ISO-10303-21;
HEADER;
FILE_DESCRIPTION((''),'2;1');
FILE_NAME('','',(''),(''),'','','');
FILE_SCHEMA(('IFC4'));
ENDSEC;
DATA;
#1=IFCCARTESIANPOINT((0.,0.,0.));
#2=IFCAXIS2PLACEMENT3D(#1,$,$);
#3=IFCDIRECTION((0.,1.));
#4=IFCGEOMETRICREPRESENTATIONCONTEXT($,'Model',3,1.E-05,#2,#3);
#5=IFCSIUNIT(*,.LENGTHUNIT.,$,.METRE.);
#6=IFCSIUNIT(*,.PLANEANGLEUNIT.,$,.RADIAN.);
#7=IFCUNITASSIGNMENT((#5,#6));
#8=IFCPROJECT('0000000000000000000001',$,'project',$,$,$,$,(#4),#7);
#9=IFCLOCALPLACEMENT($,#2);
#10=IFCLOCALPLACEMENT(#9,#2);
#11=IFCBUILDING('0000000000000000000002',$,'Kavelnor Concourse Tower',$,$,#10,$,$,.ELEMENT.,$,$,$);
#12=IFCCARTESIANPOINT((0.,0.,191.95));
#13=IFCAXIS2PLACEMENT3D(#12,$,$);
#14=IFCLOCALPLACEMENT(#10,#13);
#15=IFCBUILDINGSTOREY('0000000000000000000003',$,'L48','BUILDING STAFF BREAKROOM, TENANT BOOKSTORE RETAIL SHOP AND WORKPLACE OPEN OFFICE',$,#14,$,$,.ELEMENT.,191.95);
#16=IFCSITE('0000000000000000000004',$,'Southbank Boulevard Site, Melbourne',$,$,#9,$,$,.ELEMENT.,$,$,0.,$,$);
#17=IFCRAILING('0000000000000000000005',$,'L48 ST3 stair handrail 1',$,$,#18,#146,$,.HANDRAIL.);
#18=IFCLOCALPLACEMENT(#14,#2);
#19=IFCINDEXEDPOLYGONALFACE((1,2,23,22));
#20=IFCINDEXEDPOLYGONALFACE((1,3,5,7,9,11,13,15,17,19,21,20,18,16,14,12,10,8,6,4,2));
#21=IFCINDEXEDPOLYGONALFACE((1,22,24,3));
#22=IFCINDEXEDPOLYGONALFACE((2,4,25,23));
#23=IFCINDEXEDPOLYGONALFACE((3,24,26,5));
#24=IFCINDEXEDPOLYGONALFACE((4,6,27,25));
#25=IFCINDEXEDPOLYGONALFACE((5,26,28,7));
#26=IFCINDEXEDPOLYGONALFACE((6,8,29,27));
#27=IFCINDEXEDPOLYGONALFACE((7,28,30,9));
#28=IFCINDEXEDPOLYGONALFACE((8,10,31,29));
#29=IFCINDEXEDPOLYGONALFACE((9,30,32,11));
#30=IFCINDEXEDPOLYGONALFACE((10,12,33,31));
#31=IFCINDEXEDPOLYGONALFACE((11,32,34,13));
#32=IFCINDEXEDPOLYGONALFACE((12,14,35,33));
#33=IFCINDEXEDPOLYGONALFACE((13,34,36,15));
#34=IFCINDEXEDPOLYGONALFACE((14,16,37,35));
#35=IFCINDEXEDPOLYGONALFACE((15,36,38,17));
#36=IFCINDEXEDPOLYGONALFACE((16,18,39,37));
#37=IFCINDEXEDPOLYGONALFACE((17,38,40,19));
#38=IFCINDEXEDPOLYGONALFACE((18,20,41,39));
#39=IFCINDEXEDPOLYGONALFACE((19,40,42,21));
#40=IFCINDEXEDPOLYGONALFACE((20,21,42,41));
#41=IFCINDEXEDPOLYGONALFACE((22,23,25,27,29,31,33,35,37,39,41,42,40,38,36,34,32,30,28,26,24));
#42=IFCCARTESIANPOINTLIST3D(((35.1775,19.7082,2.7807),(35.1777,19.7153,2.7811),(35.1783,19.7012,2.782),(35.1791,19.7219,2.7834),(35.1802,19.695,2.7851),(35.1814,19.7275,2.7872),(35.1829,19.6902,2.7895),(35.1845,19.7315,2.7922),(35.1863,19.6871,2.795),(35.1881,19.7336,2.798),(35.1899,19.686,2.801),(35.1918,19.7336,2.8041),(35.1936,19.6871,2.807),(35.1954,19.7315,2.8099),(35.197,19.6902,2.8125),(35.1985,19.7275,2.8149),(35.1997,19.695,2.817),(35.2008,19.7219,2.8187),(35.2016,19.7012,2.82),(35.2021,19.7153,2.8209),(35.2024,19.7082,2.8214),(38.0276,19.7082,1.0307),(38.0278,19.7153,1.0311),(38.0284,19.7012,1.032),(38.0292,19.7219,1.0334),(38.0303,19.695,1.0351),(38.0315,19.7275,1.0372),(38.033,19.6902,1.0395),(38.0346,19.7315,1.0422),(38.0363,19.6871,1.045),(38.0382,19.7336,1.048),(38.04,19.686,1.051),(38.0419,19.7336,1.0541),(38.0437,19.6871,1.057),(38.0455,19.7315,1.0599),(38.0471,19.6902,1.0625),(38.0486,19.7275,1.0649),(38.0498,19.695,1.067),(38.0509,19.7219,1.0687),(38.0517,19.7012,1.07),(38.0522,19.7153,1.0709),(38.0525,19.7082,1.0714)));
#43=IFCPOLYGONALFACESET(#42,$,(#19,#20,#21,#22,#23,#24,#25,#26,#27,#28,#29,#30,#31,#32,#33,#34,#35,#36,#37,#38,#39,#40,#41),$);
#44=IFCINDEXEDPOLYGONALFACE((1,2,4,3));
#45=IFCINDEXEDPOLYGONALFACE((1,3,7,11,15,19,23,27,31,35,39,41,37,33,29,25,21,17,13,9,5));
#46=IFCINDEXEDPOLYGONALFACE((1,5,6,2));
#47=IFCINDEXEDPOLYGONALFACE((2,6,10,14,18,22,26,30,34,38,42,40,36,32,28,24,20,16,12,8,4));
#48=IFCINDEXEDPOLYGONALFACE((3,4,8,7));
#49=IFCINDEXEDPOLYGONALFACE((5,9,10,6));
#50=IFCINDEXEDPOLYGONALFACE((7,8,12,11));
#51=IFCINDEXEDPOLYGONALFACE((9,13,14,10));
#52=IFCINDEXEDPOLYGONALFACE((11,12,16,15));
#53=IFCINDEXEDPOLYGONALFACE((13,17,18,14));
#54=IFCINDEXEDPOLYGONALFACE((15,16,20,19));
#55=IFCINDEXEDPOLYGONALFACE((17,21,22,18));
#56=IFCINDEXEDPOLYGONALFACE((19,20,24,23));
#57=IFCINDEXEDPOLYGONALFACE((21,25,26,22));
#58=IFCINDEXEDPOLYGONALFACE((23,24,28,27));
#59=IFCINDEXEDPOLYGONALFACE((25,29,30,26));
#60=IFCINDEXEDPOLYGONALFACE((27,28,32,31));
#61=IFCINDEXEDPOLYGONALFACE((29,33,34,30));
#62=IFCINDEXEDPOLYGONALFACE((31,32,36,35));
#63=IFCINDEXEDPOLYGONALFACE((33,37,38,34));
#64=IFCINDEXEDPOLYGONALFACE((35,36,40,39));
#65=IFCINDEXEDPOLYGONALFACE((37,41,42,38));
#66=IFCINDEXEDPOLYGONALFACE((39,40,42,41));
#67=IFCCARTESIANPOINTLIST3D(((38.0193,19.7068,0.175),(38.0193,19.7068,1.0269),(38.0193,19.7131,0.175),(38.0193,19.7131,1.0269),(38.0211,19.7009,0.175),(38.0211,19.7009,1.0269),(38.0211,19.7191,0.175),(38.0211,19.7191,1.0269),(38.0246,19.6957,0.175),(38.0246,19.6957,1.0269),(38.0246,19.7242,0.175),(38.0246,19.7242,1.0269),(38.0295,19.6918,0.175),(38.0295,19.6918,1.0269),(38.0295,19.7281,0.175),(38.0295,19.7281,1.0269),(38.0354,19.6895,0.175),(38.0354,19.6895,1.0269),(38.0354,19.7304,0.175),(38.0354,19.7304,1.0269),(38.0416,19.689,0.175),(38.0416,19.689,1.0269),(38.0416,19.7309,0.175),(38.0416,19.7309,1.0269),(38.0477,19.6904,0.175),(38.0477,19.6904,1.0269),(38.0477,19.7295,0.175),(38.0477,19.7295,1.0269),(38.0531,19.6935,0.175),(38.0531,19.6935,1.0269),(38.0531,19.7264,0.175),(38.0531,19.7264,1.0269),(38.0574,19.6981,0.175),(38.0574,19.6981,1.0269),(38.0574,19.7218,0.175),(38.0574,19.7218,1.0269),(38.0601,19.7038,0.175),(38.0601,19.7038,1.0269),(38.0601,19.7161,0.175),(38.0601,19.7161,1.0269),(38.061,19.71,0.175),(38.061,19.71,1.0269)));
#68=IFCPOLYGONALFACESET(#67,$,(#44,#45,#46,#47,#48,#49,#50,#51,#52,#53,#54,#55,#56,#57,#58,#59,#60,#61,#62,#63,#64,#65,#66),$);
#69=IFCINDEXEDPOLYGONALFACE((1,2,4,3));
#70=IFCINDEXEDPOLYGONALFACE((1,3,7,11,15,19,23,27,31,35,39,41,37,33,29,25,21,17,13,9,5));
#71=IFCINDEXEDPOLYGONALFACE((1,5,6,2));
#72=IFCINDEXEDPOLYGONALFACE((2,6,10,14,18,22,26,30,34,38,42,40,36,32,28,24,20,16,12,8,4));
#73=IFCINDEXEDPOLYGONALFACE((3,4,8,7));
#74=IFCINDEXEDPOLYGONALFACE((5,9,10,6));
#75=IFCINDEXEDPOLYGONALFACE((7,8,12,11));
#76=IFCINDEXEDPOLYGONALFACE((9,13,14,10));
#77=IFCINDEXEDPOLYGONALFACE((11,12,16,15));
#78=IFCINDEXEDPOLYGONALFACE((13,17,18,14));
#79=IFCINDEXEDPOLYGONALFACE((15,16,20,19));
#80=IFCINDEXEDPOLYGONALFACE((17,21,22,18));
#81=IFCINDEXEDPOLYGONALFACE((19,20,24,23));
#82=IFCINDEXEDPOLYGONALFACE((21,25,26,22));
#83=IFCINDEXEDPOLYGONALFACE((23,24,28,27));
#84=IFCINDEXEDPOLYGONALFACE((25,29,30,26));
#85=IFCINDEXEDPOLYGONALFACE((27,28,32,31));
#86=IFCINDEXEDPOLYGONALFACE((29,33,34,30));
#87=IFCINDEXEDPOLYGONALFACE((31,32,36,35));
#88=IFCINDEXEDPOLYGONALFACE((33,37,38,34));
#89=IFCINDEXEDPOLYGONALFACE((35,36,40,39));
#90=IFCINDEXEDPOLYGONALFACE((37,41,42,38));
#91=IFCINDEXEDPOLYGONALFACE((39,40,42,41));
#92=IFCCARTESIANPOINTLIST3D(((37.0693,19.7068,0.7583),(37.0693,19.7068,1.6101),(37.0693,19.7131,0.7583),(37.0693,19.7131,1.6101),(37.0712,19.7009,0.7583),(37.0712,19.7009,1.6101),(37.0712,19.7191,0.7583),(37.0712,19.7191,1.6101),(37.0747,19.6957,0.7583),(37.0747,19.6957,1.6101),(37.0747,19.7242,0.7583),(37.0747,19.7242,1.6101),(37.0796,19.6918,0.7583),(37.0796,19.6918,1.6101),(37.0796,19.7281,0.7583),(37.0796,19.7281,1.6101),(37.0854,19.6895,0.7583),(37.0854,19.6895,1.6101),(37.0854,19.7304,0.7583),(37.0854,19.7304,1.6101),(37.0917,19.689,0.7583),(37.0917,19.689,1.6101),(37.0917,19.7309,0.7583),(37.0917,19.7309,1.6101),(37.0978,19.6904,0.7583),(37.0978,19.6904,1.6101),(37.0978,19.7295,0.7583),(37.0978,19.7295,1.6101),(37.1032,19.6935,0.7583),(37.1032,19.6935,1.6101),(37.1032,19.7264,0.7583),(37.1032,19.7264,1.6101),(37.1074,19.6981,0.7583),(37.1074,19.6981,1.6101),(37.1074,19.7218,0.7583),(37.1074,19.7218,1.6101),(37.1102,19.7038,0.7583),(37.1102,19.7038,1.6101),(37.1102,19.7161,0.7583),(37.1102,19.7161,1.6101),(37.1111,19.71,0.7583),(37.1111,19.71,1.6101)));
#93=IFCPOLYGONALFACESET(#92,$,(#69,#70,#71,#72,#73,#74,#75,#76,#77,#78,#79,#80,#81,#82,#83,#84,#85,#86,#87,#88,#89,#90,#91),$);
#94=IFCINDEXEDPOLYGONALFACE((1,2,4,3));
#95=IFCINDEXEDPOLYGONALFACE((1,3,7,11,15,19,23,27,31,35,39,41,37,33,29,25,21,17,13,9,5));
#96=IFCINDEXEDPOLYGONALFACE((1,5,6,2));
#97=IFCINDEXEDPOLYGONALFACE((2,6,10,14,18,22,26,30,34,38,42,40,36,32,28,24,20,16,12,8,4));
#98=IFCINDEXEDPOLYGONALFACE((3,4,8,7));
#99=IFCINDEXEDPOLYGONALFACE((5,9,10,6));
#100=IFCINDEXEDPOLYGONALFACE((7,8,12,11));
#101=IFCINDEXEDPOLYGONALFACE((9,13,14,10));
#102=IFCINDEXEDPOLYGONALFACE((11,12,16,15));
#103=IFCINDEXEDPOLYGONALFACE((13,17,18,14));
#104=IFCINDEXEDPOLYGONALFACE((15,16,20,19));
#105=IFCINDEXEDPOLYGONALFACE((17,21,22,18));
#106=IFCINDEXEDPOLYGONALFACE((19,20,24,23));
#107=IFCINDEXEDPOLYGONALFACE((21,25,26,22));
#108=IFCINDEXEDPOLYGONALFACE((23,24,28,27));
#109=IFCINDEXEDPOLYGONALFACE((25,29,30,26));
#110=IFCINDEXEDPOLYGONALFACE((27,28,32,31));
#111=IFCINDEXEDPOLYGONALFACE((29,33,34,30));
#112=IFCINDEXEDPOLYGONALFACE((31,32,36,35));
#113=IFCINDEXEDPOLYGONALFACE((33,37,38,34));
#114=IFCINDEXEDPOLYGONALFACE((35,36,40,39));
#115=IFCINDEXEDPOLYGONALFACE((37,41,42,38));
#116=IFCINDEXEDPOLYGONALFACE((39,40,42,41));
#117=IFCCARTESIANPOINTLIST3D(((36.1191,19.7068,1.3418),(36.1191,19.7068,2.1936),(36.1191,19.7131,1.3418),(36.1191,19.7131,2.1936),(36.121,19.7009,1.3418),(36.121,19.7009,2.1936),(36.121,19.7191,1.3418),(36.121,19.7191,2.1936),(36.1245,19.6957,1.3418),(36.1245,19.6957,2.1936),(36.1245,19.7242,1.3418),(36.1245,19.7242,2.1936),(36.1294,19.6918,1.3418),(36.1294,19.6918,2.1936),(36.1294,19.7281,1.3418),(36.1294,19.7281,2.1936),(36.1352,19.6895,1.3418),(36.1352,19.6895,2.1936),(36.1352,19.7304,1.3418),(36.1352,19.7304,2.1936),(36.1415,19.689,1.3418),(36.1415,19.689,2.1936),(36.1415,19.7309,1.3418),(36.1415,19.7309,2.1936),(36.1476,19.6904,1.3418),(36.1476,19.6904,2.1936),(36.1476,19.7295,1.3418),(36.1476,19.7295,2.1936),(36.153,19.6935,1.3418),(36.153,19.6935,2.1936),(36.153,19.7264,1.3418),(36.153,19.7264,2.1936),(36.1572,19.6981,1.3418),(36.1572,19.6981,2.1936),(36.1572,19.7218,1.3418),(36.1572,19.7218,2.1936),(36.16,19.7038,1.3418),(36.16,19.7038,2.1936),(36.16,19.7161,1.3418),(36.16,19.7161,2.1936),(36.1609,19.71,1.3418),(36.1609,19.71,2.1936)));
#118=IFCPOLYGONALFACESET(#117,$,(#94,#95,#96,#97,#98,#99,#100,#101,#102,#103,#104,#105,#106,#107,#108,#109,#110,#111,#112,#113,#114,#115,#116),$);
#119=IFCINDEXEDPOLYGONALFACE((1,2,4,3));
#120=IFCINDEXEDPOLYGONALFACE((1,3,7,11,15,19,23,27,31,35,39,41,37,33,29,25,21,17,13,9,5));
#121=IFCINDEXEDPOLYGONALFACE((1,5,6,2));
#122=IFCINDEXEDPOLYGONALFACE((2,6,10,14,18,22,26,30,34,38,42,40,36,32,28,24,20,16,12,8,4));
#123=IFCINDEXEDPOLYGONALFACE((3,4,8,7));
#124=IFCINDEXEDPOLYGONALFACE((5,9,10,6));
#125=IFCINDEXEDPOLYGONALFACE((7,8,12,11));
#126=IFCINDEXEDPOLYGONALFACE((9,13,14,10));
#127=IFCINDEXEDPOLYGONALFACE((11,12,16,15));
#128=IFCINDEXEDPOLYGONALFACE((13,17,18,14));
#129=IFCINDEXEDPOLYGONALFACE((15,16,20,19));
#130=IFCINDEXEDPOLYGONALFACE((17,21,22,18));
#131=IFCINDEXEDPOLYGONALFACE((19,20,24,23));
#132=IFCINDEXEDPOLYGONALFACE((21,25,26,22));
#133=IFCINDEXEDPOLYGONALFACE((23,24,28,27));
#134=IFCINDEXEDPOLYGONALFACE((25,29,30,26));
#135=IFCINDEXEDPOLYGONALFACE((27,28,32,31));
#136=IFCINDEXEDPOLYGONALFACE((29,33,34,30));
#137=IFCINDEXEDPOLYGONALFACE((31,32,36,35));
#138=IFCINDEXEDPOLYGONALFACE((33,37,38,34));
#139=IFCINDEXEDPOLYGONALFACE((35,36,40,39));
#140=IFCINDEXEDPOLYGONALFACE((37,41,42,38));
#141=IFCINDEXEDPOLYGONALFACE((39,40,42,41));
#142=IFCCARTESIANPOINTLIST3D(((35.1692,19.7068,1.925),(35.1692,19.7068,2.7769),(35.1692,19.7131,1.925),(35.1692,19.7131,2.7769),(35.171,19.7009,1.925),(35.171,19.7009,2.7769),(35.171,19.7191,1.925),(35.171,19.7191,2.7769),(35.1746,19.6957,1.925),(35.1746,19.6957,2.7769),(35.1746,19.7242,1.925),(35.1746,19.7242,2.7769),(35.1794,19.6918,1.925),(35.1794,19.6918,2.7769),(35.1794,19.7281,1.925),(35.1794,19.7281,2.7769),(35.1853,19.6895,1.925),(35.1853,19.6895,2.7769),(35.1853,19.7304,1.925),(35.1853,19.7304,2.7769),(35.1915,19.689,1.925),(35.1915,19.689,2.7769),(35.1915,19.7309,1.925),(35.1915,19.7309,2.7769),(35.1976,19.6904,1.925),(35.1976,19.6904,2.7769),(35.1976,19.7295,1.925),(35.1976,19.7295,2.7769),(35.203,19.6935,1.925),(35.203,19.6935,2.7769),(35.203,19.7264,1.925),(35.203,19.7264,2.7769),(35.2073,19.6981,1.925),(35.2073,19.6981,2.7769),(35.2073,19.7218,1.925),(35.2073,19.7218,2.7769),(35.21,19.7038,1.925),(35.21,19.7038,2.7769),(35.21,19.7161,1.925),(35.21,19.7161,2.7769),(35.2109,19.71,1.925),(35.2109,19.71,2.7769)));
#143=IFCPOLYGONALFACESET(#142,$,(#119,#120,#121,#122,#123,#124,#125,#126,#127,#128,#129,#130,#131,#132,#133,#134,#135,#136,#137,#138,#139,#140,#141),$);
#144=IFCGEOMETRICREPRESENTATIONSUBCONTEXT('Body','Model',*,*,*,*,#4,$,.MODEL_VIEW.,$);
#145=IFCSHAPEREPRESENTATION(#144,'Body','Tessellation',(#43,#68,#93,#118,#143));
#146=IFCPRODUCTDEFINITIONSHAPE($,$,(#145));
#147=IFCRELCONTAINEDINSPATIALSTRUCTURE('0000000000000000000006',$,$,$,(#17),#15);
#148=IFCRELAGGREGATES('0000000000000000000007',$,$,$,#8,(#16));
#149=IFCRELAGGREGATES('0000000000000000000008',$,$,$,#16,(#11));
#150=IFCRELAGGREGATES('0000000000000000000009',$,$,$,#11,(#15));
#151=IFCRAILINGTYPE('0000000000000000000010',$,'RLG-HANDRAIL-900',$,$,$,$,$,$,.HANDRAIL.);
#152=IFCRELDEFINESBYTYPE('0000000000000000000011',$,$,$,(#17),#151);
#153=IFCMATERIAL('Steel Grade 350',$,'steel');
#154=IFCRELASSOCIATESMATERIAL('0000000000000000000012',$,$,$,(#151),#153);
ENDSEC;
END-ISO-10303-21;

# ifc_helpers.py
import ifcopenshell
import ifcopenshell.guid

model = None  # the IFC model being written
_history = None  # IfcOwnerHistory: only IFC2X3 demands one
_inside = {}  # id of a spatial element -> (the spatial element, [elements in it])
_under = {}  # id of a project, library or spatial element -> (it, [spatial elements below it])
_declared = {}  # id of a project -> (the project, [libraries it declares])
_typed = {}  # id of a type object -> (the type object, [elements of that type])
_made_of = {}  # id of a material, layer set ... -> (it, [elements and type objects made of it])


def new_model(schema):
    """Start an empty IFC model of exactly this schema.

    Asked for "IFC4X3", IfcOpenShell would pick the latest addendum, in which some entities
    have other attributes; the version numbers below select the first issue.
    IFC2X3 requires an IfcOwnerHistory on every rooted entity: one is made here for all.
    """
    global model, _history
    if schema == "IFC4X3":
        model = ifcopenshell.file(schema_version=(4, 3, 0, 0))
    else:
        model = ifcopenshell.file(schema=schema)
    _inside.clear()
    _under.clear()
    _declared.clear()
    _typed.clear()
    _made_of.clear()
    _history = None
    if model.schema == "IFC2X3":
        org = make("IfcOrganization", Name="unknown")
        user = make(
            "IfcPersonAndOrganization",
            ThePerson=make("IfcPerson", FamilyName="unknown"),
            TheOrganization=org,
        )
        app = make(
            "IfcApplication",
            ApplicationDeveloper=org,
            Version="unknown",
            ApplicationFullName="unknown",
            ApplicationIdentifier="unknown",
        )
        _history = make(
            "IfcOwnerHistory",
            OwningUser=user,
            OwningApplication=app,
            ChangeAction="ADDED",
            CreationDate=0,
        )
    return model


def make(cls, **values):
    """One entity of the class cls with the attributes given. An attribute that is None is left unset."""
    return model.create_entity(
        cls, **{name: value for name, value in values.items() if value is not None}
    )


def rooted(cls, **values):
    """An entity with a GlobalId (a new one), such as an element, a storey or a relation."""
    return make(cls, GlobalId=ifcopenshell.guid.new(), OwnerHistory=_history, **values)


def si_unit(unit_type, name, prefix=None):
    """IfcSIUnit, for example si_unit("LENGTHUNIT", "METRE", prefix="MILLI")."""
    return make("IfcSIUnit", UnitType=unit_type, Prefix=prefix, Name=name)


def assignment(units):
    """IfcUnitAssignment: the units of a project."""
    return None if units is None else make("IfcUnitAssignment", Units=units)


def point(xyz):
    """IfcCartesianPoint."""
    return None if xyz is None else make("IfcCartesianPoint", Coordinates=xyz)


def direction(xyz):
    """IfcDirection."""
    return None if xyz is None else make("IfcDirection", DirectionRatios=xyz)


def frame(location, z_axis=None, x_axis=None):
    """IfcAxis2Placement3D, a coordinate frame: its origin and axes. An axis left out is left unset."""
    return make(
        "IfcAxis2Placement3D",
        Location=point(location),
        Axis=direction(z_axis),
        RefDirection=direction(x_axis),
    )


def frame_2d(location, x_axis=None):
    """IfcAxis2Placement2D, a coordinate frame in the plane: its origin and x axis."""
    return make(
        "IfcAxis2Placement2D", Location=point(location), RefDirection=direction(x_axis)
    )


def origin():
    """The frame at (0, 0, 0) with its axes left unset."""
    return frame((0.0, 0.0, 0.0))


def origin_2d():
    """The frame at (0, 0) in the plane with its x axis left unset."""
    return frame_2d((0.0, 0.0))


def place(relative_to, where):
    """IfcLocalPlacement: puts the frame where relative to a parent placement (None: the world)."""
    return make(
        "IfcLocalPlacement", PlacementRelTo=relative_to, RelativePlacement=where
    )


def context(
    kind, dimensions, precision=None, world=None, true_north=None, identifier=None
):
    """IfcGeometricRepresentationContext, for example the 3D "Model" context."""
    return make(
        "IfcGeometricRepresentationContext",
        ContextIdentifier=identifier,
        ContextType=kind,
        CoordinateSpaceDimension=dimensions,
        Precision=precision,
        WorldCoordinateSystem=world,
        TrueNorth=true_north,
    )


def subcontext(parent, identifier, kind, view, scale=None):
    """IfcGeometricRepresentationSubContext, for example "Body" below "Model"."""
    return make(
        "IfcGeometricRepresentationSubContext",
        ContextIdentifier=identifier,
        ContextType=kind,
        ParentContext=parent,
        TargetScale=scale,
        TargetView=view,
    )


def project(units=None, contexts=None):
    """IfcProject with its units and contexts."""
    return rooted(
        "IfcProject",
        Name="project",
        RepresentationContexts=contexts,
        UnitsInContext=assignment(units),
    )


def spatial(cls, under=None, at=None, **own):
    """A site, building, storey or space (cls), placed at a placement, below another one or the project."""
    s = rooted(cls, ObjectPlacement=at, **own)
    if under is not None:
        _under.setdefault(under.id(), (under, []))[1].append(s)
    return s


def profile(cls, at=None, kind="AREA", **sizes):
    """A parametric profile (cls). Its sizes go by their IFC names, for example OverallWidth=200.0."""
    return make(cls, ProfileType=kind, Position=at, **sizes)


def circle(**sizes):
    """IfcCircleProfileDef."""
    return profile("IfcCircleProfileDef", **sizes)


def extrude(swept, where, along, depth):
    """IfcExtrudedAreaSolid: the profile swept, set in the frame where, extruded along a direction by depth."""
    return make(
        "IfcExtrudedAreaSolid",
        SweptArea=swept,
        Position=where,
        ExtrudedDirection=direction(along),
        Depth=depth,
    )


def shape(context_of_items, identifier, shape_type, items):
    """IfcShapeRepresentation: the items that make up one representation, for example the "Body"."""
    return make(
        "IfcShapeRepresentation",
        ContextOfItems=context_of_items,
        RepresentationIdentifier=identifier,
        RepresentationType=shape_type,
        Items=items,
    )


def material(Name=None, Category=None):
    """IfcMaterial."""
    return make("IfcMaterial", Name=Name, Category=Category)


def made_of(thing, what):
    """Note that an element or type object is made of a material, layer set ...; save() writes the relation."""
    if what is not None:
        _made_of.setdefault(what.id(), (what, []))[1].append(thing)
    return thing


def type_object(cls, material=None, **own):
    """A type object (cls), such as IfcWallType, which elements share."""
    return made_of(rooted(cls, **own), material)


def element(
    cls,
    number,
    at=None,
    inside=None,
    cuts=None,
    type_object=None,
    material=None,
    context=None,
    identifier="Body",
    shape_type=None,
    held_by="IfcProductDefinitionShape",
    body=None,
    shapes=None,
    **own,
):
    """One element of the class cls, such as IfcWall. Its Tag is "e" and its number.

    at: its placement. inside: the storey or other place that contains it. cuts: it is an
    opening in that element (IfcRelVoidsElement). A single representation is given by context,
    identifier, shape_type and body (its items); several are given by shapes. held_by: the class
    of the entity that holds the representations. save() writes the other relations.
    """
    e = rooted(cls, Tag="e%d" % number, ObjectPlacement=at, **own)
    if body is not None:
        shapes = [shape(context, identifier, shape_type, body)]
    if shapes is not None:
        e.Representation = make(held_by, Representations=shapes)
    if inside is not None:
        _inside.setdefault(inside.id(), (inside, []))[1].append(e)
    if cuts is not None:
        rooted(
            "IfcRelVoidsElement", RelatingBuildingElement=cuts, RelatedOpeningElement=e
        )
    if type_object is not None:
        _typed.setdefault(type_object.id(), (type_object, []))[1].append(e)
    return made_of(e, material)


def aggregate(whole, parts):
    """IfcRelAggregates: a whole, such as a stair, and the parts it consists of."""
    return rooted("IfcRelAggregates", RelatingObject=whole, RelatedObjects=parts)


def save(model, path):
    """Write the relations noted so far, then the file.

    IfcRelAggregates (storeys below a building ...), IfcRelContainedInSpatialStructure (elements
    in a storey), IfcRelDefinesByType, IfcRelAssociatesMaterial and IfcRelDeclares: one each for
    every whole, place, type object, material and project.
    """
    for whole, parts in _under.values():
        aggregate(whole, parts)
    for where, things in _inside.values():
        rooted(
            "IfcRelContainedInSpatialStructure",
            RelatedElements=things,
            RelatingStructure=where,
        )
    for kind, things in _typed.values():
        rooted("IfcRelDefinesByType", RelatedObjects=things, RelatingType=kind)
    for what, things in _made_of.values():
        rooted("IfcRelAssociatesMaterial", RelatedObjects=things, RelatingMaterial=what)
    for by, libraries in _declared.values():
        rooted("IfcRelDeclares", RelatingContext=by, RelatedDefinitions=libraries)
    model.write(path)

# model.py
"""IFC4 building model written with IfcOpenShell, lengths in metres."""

from ifc_helpers import new_model, si_unit, direction, frame, origin, origin_2d, place, context, subcontext, project, spatial, circle, extrude, material, type_object, element, save


model = new_model("IFC4")

# Units and contexts
model_context = context("Model", 3, precision=1e-05, world=origin(), true_north=direction((0.0, 1.0)))
body_context = subcontext(model_context, "Body", "Model", "MODEL_VIEW")
ifc_project = project(units=[si_unit("LENGTHUNIT", "METRE"), si_unit("PLANEANGLEUNIT", "RADIAN")], contexts=[model_context])

# Site, building, storey
site_placement = place(None, origin())
site = spatial("IfcSite", under=ifc_project, at=site_placement, Name="Southbank Boulevard Site, Melbourne", CompositionType="ELEMENT", RefElevation=0.0)
building_placement = place(site_placement, origin())
building = spatial("IfcBuilding", under=site, at=building_placement, Name="Kavelnor Concourse Tower", CompositionType="ELEMENT")
storey_placement = place(building_placement, frame((0.0, 0.0, 191.95)))
storey = spatial("IfcBuildingStorey", under=building, at=storey_placement, Name="L48", Description="BUILDING STAFF BREAKROOM, TENANT BOOKSTORE RETAIL SHOP AND WORKPLACE OPEN OFFICE", CompositionType="ELEMENT", Elevation=191.95)

# Shared definitions
ifc_material_1 = material(Name="Steel Grade 350", Category="steel")

# Railing
railing_type_1 = type_object("IfcRailingType", Name="RLG-HANDRAIL-900", PredefinedType="HANDRAIL", material=ifc_material_1)
railing_1_placement = place(storey_placement, frame((38.04, 19.71, 0.175)))
element("IfcRailing", 1, at=railing_1_placement, inside=storey, type_object=railing_type_1, Name="L48 ST3 stair handrail 1", PredefinedType="HANDRAIL", context=body_context, shape_type="SweptSolid", body=[
    extrude(circle(Radius=0.0239, at=origin_2d()), frame((0.0, 0.0, 0.876), z_axis=(-0.852179, 0.0, 0.52325), x_axis=(0.0, -1.0, 0.0)), (0.0, 0.0, 1.0), 3.3445),
    extrude(circle(Radius=0.021, at=origin_2d()), origin(), (0.0, 0.0, 1.0), 0.8518),
    extrude(circle(Radius=0.021, at=origin_2d()), frame((-0.95, 0.0, 0.5833)), (0.0, 0.0, 1.0), 0.8518),
    extrude(circle(Radius=0.021, at=origin_2d()), frame((-1.9001, 0.0, 1.1667)), (0.0, 0.0, 1.0), 0.8518),
    extrude(circle(Radius=0.021, at=origin_2d()), frame((-2.8501, 0.0, 1.75)), (0.0, 0.0, 1.0), 0.8518),
])

save(model, "model.ifc")
